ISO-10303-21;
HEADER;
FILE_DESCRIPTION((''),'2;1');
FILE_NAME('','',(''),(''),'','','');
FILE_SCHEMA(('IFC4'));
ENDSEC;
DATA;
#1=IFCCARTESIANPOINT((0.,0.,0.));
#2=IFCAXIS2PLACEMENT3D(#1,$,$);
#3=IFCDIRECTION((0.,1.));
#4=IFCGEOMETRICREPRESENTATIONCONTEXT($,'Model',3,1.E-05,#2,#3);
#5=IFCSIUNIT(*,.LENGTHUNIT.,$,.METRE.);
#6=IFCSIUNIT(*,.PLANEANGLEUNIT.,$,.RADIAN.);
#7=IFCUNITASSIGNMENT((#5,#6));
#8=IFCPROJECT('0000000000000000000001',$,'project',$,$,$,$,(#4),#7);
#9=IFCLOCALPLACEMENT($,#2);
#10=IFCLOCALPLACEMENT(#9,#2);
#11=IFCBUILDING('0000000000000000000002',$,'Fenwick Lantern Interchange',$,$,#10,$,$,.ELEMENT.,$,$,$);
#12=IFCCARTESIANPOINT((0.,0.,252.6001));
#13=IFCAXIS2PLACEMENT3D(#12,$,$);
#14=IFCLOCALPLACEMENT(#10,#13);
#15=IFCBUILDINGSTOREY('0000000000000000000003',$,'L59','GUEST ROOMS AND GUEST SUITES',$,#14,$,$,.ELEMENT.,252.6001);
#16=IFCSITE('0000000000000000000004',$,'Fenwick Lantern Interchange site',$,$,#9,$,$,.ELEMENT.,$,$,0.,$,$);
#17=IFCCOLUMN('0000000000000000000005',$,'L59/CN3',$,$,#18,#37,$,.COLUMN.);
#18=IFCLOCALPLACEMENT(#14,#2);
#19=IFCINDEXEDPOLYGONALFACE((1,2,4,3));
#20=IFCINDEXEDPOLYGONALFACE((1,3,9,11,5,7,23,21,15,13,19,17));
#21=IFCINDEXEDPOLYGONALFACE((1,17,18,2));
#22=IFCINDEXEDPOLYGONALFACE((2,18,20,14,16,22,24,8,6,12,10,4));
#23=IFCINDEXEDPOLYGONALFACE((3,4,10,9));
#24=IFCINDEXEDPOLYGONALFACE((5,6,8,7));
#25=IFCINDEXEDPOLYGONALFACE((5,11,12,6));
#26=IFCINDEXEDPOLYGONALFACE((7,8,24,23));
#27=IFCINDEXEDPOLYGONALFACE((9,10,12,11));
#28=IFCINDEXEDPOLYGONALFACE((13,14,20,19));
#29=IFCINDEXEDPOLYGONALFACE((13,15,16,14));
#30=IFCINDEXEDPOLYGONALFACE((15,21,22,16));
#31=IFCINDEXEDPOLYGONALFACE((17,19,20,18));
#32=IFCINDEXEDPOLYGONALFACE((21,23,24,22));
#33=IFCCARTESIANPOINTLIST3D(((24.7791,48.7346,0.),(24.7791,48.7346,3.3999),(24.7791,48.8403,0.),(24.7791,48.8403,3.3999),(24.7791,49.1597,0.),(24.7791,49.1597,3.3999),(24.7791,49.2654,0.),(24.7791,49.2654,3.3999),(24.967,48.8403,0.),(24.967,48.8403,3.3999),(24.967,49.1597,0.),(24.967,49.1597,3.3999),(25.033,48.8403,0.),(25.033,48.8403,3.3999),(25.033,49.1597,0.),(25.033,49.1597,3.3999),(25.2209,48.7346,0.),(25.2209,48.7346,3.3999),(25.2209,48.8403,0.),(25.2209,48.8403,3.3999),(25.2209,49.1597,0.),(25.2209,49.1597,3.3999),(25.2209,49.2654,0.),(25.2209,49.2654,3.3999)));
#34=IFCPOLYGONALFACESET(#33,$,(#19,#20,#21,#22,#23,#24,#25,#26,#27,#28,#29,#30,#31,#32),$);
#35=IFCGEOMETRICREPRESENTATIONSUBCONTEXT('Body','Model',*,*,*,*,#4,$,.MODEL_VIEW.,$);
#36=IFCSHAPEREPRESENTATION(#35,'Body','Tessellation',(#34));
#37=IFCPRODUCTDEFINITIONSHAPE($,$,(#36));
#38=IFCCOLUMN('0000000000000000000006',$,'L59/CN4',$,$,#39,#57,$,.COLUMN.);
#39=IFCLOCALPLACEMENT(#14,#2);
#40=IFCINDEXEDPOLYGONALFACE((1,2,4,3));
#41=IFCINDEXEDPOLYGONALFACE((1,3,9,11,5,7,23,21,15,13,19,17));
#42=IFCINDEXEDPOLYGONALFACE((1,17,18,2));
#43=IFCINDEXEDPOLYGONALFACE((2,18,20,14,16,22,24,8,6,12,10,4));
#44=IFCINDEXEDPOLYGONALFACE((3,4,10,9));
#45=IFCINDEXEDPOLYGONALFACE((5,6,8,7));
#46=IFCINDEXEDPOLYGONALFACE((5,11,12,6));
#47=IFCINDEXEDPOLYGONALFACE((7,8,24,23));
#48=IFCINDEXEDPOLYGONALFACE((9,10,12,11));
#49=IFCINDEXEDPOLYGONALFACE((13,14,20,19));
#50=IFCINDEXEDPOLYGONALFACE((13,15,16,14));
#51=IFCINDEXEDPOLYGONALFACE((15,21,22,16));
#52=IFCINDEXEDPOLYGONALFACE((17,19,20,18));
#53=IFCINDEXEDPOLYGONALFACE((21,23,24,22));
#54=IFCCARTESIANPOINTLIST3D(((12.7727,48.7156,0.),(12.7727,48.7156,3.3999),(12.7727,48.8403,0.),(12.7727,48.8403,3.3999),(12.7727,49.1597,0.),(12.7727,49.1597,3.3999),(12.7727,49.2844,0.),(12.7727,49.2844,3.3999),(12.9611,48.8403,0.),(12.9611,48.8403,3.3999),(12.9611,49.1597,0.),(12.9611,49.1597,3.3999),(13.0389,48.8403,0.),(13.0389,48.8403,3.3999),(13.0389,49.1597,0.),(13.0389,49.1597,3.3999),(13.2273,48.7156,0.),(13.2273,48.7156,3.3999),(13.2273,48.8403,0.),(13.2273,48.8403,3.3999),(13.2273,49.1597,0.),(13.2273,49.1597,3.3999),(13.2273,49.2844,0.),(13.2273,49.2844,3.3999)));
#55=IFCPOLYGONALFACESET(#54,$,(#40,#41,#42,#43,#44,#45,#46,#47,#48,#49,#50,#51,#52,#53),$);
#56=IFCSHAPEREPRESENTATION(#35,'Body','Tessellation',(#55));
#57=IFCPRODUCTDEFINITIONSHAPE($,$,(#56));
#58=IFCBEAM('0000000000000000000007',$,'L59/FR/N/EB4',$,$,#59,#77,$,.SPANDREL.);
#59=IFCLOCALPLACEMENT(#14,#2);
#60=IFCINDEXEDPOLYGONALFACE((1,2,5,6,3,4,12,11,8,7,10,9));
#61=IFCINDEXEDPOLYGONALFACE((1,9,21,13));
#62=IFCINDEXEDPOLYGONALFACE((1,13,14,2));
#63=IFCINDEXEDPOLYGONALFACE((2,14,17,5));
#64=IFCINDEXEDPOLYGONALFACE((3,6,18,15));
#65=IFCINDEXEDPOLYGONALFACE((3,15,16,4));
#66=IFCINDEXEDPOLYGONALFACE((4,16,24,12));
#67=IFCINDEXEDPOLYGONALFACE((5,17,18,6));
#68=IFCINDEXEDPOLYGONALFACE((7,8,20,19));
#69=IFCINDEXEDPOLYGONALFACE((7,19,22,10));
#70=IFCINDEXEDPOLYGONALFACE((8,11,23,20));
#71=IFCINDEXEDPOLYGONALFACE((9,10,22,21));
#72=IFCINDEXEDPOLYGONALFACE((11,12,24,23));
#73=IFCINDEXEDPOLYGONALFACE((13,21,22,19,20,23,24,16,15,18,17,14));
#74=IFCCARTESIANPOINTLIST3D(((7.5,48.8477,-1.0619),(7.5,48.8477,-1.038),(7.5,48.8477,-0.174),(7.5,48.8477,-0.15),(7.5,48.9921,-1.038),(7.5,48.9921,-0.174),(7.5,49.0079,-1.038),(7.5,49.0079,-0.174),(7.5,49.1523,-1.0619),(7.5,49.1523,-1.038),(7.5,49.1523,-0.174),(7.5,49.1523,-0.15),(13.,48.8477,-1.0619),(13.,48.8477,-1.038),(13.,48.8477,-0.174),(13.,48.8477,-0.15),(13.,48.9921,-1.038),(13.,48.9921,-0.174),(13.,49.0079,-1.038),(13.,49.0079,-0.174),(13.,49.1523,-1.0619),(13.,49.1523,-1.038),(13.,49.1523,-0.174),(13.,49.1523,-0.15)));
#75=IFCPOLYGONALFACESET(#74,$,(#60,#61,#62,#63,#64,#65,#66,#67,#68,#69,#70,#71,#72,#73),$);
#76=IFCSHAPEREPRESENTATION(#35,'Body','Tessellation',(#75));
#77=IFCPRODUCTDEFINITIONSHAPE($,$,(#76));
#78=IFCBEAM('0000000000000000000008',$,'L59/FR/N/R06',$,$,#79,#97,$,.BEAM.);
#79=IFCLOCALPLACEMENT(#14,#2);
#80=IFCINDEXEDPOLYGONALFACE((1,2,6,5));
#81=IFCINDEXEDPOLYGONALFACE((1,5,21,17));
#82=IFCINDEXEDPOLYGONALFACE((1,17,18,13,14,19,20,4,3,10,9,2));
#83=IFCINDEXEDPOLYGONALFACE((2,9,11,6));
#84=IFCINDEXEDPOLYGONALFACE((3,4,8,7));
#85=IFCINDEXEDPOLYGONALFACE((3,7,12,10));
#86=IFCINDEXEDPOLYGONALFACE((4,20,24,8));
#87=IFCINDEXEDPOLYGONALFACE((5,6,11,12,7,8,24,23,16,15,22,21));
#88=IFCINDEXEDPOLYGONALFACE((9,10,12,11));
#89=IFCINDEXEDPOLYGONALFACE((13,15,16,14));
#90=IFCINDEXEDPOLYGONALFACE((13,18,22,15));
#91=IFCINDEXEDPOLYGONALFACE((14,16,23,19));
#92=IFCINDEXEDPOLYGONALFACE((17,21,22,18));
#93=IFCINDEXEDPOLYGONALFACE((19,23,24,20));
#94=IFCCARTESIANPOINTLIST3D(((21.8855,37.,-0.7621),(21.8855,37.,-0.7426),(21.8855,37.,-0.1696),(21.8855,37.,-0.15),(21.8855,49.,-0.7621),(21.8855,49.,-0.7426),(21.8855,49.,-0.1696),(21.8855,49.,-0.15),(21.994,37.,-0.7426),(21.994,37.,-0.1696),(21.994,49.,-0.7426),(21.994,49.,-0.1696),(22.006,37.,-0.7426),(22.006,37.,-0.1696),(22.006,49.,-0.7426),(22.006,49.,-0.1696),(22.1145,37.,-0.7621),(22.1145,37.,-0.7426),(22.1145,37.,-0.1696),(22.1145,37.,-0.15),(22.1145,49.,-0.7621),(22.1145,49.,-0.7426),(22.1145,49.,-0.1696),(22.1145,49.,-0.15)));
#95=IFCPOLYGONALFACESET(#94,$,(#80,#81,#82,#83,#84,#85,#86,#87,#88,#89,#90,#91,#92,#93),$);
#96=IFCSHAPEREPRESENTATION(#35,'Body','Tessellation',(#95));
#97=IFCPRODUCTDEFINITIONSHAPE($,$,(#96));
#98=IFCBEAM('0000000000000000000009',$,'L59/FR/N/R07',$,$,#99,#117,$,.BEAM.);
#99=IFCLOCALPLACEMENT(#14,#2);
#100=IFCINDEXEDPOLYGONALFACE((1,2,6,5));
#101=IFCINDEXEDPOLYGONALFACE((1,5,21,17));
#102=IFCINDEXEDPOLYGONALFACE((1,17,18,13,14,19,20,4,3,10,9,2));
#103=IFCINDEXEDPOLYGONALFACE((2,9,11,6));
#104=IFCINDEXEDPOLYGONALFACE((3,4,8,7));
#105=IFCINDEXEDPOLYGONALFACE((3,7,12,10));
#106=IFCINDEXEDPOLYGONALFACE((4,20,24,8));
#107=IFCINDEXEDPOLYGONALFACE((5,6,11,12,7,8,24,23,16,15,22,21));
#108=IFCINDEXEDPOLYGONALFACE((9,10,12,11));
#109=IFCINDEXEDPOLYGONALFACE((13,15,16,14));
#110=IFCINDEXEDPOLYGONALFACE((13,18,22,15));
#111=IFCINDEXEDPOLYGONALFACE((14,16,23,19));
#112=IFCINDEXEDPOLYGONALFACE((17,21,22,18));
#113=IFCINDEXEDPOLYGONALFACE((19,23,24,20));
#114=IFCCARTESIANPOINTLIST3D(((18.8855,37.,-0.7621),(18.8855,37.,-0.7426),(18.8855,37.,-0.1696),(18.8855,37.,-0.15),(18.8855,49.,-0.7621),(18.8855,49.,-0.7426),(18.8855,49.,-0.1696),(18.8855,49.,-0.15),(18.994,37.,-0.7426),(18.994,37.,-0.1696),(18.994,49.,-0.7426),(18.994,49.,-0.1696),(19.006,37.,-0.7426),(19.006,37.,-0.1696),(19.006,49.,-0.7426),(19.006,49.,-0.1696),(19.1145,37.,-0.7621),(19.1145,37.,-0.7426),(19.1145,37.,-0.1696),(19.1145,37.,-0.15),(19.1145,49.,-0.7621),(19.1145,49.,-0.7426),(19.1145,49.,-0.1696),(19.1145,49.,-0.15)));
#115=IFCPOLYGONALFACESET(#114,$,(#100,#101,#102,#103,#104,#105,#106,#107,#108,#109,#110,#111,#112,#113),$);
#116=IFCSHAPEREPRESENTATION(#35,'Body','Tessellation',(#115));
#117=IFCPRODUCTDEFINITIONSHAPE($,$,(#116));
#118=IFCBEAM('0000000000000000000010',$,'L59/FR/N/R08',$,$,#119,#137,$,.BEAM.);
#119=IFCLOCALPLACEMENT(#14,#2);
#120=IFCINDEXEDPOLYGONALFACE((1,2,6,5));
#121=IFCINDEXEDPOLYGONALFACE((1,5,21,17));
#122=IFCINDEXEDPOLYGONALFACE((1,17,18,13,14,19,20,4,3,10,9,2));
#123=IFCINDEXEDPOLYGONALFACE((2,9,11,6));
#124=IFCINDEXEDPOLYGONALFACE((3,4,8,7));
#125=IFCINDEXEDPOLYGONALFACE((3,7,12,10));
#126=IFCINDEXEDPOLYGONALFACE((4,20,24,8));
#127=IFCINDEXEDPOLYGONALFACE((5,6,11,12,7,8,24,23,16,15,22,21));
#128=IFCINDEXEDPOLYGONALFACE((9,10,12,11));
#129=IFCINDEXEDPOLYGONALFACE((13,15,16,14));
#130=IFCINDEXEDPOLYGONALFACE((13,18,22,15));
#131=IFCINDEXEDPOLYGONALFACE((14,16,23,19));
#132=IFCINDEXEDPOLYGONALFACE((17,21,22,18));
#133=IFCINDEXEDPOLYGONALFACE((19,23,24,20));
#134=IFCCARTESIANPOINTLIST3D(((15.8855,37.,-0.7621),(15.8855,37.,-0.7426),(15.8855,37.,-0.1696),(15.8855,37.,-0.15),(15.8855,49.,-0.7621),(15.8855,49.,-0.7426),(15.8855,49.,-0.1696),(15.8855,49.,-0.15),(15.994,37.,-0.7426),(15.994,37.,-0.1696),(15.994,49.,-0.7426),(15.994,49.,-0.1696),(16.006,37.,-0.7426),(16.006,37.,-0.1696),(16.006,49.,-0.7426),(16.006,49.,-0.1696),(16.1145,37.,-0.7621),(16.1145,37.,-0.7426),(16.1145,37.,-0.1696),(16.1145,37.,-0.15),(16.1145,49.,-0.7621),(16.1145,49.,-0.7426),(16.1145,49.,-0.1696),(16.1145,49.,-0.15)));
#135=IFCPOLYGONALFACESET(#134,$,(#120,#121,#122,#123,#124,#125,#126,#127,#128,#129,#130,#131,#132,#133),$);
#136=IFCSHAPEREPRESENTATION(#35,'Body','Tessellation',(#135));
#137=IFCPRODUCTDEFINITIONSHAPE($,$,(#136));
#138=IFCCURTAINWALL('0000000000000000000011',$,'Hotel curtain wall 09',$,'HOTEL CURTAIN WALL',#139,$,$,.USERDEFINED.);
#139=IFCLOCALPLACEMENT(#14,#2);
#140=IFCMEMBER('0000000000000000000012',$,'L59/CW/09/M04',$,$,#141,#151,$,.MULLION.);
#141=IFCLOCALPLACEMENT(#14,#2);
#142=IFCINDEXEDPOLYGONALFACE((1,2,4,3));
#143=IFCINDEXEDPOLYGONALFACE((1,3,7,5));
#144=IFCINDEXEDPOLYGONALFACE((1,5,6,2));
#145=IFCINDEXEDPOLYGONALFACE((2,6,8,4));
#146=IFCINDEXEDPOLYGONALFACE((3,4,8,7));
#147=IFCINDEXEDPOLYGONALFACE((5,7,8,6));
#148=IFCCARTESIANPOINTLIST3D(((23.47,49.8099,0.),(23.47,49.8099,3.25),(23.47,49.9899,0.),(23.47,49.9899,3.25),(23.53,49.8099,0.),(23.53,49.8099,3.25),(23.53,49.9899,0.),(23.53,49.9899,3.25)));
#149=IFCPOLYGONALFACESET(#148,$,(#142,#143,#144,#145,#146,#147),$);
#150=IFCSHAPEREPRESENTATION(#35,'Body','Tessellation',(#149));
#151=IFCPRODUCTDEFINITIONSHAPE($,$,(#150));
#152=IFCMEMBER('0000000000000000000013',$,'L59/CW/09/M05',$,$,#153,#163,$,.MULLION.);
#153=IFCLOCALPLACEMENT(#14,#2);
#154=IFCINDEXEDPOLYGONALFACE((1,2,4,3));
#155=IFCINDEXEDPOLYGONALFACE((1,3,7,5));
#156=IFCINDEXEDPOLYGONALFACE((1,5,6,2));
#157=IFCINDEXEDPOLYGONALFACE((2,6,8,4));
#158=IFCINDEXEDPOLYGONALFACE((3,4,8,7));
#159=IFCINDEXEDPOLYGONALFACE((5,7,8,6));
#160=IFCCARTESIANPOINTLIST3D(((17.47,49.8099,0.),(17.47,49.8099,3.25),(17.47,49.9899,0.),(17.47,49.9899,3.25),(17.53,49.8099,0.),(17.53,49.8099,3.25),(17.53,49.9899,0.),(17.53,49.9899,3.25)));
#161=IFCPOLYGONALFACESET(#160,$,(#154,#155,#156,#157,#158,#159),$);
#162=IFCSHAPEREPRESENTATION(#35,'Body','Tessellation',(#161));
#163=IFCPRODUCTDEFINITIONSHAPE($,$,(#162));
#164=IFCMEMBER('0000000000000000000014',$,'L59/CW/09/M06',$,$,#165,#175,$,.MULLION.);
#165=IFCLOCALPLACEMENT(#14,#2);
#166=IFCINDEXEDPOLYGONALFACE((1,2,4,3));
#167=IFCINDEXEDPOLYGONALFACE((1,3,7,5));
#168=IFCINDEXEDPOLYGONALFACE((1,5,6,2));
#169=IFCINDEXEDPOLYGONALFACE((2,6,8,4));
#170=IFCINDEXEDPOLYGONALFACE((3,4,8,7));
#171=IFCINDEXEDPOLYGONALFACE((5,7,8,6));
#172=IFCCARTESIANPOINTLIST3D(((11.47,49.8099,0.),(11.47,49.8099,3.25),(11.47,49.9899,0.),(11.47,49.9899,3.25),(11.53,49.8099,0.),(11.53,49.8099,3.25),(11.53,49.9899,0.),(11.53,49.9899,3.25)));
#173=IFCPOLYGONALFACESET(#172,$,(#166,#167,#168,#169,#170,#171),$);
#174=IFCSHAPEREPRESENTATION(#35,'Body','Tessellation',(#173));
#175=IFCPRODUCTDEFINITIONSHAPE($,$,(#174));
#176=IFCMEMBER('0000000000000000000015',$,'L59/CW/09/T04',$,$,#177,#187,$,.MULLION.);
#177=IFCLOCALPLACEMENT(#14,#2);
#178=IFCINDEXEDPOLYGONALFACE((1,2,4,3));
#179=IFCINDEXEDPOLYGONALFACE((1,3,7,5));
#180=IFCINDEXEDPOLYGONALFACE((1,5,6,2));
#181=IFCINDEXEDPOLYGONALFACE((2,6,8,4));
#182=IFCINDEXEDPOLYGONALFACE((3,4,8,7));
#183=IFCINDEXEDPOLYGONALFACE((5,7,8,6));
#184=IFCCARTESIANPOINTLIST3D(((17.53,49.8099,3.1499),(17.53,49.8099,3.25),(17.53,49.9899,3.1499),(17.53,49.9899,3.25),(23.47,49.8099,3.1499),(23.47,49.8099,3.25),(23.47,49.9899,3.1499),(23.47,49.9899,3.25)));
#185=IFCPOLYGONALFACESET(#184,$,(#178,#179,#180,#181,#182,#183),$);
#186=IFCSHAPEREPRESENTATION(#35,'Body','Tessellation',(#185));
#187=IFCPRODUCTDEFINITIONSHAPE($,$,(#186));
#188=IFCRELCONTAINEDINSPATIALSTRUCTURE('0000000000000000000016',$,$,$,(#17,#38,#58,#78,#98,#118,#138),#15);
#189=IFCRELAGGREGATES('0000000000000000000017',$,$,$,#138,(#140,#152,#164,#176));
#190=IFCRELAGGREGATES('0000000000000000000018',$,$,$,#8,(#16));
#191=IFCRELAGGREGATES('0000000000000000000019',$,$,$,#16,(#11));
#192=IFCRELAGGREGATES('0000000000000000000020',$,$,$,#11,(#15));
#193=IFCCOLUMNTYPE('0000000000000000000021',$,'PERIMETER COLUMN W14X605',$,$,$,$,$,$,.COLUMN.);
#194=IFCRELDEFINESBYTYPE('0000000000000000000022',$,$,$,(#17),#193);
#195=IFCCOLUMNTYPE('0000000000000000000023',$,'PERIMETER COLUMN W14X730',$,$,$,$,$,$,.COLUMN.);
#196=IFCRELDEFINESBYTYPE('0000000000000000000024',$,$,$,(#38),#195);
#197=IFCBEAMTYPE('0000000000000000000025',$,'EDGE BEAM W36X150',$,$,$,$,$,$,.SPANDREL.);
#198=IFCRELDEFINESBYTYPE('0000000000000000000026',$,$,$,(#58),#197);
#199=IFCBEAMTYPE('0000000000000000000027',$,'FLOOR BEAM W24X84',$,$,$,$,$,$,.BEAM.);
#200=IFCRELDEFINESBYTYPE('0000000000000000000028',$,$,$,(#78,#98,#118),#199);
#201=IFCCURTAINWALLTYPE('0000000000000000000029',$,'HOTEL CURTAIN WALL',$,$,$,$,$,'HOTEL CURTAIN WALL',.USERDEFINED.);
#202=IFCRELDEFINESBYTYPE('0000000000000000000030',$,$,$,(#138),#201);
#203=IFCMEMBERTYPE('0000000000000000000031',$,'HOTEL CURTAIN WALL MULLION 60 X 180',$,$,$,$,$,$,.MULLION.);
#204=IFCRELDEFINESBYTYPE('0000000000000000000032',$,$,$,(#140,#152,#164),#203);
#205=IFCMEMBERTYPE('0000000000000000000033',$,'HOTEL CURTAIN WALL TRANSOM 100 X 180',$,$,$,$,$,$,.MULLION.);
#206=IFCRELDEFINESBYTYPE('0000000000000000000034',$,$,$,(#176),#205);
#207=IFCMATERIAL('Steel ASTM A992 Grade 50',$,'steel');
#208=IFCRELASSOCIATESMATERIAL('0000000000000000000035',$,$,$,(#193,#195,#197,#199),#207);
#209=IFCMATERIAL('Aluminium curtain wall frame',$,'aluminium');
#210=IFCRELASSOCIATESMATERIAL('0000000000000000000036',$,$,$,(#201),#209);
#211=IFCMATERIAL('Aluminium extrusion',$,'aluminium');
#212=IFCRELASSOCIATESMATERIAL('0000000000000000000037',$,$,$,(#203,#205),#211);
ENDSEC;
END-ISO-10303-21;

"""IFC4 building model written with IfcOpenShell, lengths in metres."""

from ifc_helpers import new_model, si_unit, direction, frame, origin, origin_2d, place, context, subcontext, project, spatial, rectangle, i_section, extrude, material, material_profile, profile_set, type_object, element, aggregate, save


model = new_model("IFC4")

# Units and contexts
model_context = context("Model", 3, precision=1e-05, world=origin(), true_north=direction((0.0, 1.0)))
body_context = subcontext(model_context, "Body", "Model", "MODEL_VIEW")
ifc_project = project(units=[si_unit("LENGTHUNIT", "METRE"), si_unit("PLANEANGLEUNIT", "RADIAN")], contexts=[model_context])

# Site, building, storey
site_placement = place(None, origin())
site = spatial("IfcSite", under=ifc_project, at=site_placement, Name="Fenwick Lantern Interchange site", CompositionType="ELEMENT", RefElevation=0.0)
building_placement = place(site_placement, origin())
building = spatial("IfcBuilding", under=site, at=building_placement, Name="Fenwick Lantern Interchange", CompositionType="ELEMENT")
storey_placement = place(building_placement, frame((0.0, 0.0, 252.6001)))
storey = spatial("IfcBuildingStorey", under=building, at=storey_placement, Name="L59", Description="GUEST ROOMS AND GUEST SUITES", CompositionType="ELEMENT", Elevation=252.6001)

# Columns
ifc_material_1 = material(Name="Steel ASTM A992 Grade 50", Category="steel")
ifc_material_profile_1 = material_profile(ifc_material_1, i_section(OverallWidth=0.4419, OverallDepth=0.5308, WebThickness=0.0659, FlangeThickness=0.1057, at=origin_2d()), Name="W14X605")
ifc_profile_set_1 = profile_set([ifc_material_profile_1], Name="Steel ASTM A992 Grade 50")
column_type_1 = type_object("IfcColumnType", Name="PERIMETER COLUMN W14X605", PredefinedType="COLUMN", material=ifc_profile_set_1)
column_1_placement = place(storey_placement, frame((25.0, 49.0, 0.0), z_axis=(0.0, 0.0, 1.0), x_axis=(1.0, 0.0, 0.0)))
element("IfcColumn", 1, at=column_1_placement, inside=storey, type_object=column_type_1, Name="L59/CN3", PredefinedType="COLUMN", context=body_context, shape_type="SweptSolid", body=[
    extrude(i_section(OverallWidth=0.4419, OverallDepth=0.5308, WebThickness=0.0659, FlangeThickness=0.1057, at=origin_2d()), origin(), (0.0, 0.0, 1.0), 3.3999),
])
ifc_material_profile_2 = material_profile(ifc_material_1, i_section(OverallWidth=0.4546, OverallDepth=0.5688, WebThickness=0.0779, FlangeThickness=0.1248, at=origin_2d()), Name="W14X730")
ifc_profile_set_2 = profile_set([ifc_material_profile_2], Name="Steel ASTM A992 Grade 50")
column_type_2 = type_object("IfcColumnType", Name="PERIMETER COLUMN W14X730", PredefinedType="COLUMN", material=ifc_profile_set_2)
column_2_placement = place(storey_placement, frame((13.0, 49.0, 0.0), z_axis=(0.0, 0.0, 1.0), x_axis=(1.0, 0.0, 0.0)))
element("IfcColumn", 2, at=column_2_placement, inside=storey, type_object=column_type_2, Name="L59/CN4", PredefinedType="COLUMN", context=body_context, shape_type="SweptSolid", body=[
    extrude(i_section(OverallWidth=0.4546, OverallDepth=0.5688, WebThickness=0.0779, FlangeThickness=0.1248, at=origin_2d()), origin(), (0.0, 0.0, 1.0), 3.3999),
])

# Beams
ifc_material_profile_3 = material_profile(ifc_material_1, i_section(OverallWidth=0.3047, OverallDepth=0.9119, WebThickness=0.0159, FlangeThickness=0.0239, at=origin_2d()), Name="W36X150")
ifc_profile_set_3 = profile_set([ifc_material_profile_3], Name="Steel ASTM A992 Grade 50")
beam_type_1 = type_object("IfcBeamType", Name="EDGE BEAM W36X150", PredefinedType="SPANDREL", material=ifc_profile_set_3)
beam_1_placement = place(storey_placement, frame((13.0, 49.0, -0.606), z_axis=(-1.0, 0.0, 0.0), x_axis=(0.0, -1.0, 0.0)))
element("IfcBeam", 3, at=beam_1_placement, inside=storey, type_object=beam_type_1, Name="L59/FR/N/EB4", PredefinedType="SPANDREL", context=body_context, shape_type="SweptSolid", body=[
    extrude(i_section(OverallWidth=0.3047, OverallDepth=0.9119, WebThickness=0.0159, FlangeThickness=0.0239, at=origin_2d()), origin(), (0.0, 0.0, 1.0), 5.5),
])
ifc_material_profile_4 = material_profile(ifc_material_1, i_section(OverallWidth=0.229, OverallDepth=0.6121, WebThickness=0.012, FlangeThickness=0.0195, at=origin_2d()), Name="W24X84")
ifc_profile_set_4 = profile_set([ifc_material_profile_4], Name="Steel ASTM A992 Grade 50")
beam_type_2 = type_object("IfcBeamType", Name="FLOOR BEAM W24X84", PredefinedType="BEAM", material=ifc_profile_set_4)
for number, where, z_axis, x_axis, name in (
    (4, (22.0, 49.0, -0.4561), (0.0, -1.0, 0.0), (1.0, 0.0, 0.0), "L59/FR/N/R06"),
    (5, (19.0, 49.0, -0.4561), (0.0, -1.0, 0.0), (1.0, 0.0, 0.0), "L59/FR/N/R07"),
    (6, (16.0, 49.0, -0.4561), (0.0, -1.0, 0.0), (1.0, 0.0, 0.0), "L59/FR/N/R08"),
):
    element("IfcBeam", number, at=place(storey_placement, frame(where, z_axis=z_axis, x_axis=x_axis)), inside=storey, type_object=beam_type_2, Name=name, PredefinedType="BEAM", context=body_context, shape_type="SweptSolid", body=[
        extrude(i_section(OverallWidth=0.229, OverallDepth=0.6121, WebThickness=0.012, FlangeThickness=0.0195, at=origin_2d()), origin(), (0.0, 0.0, 1.0), 12.0),
    ])

# Curtain wall, members
ifc_material_2 = material(Name="Aluminium curtain wall frame", Category="aluminium")
curtain_wall_type = type_object("IfcCurtainWallType", Name="HOTEL CURTAIN WALL", ElementType="HOTEL CURTAIN WALL", PredefinedType="USERDEFINED", material=ifc_material_2)
curtain_wall_placement = place(storey_placement, origin())
curtain_wall = element("IfcCurtainWall", 7, at=curtain_wall_placement, inside=storey, type_object=curtain_wall_type, Name="Hotel curtain wall 09", ObjectType="HOTEL CURTAIN WALL", PredefinedType="USERDEFINED")
ifc_material_3 = material(Name="Aluminium extrusion", Category="aluminium")
ifc_material_profile_5 = material_profile(ifc_material_3, rectangle(XDim=0.1799, YDim=0.0601, at=origin_2d()), Name="HOTEL CURTAIN WALL MULLION 60 X 180")
ifc_profile_set_5 = profile_set([ifc_material_profile_5], Name="Aluminium extrusion")
member_type_1 = type_object("IfcMemberType", Name="HOTEL CURTAIN WALL MULLION 60 X 180", PredefinedType="MULLION", material=ifc_profile_set_5)
member_1_placement = place(storey_placement, frame((23.5, 49.8999, 0.0), z_axis=(0.0, 0.0, 1.0), x_axis=(0.0, -1.0, 0.0)))
member_1 = element("IfcMember", 8, at=member_1_placement, type_object=member_type_1, Name="L59/CW/09/M04", PredefinedType="MULLION", context=body_context, shape_type="SweptSolid", body=[
    extrude(rectangle(XDim=0.1799, YDim=0.0601, at=origin_2d()), origin(), (0.0, 0.0, 1.0), 3.25),
])
member_2_placement = place(storey_placement, frame((17.5, 49.8999, 0.0), z_axis=(0.0, 0.0, 1.0), x_axis=(0.0, -1.0, 0.0)))
member_2 = element("IfcMember", 9, at=member_2_placement, type_object=member_type_1, Name="L59/CW/09/M05", PredefinedType="MULLION", context=body_context, shape_type="SweptSolid", body=[
    extrude(rectangle(XDim=0.1799, YDim=0.0601, at=origin_2d()), origin(), (0.0, 0.0, 1.0), 3.25),
])
member_3_placement = place(storey_placement, frame((11.5, 49.8999, 0.0), z_axis=(0.0, 0.0, 1.0), x_axis=(0.0, -1.0, 0.0)))
member_3 = element("IfcMember", 10, at=member_3_placement, type_object=member_type_1, Name="L59/CW/09/M06", PredefinedType="MULLION", context=body_context, shape_type="SweptSolid", body=[
    extrude(rectangle(XDim=0.1799, YDim=0.0601, at=origin_2d()), origin(), (0.0, 0.0, 1.0), 3.25),
])
ifc_material_profile_6 = material_profile(ifc_material_3, rectangle(XDim=0.1799, YDim=0.1001, at=origin_2d()), Name="HOTEL CURTAIN WALL TRANSOM 100 X 180")
ifc_profile_set_6 = profile_set([ifc_material_profile_6], Name="Aluminium extrusion")
member_type_2 = type_object("IfcMemberType", Name="HOTEL CURTAIN WALL TRANSOM 100 X 180", PredefinedType="MULLION", material=ifc_profile_set_6)
member_4_placement = place(storey_placement, frame((23.47, 49.8999, 3.2), z_axis=(-1.0, 0.0, 0.0), x_axis=(0.0, -1.0, 0.0)))
member_4 = element("IfcMember", 11, at=member_4_placement, type_object=member_type_2, Name="L59/CW/09/T04", PredefinedType="MULLION", context=body_context, shape_type="SweptSolid", body=[
    extrude(rectangle(XDim=0.1799, YDim=0.1001, at=origin_2d()), origin(), (0.0, 0.0, 1.0), 5.9399),
])

aggregate(curtain_wall, [member_1, member_2, member_3, member_4])

save(model, "model.ifc")
